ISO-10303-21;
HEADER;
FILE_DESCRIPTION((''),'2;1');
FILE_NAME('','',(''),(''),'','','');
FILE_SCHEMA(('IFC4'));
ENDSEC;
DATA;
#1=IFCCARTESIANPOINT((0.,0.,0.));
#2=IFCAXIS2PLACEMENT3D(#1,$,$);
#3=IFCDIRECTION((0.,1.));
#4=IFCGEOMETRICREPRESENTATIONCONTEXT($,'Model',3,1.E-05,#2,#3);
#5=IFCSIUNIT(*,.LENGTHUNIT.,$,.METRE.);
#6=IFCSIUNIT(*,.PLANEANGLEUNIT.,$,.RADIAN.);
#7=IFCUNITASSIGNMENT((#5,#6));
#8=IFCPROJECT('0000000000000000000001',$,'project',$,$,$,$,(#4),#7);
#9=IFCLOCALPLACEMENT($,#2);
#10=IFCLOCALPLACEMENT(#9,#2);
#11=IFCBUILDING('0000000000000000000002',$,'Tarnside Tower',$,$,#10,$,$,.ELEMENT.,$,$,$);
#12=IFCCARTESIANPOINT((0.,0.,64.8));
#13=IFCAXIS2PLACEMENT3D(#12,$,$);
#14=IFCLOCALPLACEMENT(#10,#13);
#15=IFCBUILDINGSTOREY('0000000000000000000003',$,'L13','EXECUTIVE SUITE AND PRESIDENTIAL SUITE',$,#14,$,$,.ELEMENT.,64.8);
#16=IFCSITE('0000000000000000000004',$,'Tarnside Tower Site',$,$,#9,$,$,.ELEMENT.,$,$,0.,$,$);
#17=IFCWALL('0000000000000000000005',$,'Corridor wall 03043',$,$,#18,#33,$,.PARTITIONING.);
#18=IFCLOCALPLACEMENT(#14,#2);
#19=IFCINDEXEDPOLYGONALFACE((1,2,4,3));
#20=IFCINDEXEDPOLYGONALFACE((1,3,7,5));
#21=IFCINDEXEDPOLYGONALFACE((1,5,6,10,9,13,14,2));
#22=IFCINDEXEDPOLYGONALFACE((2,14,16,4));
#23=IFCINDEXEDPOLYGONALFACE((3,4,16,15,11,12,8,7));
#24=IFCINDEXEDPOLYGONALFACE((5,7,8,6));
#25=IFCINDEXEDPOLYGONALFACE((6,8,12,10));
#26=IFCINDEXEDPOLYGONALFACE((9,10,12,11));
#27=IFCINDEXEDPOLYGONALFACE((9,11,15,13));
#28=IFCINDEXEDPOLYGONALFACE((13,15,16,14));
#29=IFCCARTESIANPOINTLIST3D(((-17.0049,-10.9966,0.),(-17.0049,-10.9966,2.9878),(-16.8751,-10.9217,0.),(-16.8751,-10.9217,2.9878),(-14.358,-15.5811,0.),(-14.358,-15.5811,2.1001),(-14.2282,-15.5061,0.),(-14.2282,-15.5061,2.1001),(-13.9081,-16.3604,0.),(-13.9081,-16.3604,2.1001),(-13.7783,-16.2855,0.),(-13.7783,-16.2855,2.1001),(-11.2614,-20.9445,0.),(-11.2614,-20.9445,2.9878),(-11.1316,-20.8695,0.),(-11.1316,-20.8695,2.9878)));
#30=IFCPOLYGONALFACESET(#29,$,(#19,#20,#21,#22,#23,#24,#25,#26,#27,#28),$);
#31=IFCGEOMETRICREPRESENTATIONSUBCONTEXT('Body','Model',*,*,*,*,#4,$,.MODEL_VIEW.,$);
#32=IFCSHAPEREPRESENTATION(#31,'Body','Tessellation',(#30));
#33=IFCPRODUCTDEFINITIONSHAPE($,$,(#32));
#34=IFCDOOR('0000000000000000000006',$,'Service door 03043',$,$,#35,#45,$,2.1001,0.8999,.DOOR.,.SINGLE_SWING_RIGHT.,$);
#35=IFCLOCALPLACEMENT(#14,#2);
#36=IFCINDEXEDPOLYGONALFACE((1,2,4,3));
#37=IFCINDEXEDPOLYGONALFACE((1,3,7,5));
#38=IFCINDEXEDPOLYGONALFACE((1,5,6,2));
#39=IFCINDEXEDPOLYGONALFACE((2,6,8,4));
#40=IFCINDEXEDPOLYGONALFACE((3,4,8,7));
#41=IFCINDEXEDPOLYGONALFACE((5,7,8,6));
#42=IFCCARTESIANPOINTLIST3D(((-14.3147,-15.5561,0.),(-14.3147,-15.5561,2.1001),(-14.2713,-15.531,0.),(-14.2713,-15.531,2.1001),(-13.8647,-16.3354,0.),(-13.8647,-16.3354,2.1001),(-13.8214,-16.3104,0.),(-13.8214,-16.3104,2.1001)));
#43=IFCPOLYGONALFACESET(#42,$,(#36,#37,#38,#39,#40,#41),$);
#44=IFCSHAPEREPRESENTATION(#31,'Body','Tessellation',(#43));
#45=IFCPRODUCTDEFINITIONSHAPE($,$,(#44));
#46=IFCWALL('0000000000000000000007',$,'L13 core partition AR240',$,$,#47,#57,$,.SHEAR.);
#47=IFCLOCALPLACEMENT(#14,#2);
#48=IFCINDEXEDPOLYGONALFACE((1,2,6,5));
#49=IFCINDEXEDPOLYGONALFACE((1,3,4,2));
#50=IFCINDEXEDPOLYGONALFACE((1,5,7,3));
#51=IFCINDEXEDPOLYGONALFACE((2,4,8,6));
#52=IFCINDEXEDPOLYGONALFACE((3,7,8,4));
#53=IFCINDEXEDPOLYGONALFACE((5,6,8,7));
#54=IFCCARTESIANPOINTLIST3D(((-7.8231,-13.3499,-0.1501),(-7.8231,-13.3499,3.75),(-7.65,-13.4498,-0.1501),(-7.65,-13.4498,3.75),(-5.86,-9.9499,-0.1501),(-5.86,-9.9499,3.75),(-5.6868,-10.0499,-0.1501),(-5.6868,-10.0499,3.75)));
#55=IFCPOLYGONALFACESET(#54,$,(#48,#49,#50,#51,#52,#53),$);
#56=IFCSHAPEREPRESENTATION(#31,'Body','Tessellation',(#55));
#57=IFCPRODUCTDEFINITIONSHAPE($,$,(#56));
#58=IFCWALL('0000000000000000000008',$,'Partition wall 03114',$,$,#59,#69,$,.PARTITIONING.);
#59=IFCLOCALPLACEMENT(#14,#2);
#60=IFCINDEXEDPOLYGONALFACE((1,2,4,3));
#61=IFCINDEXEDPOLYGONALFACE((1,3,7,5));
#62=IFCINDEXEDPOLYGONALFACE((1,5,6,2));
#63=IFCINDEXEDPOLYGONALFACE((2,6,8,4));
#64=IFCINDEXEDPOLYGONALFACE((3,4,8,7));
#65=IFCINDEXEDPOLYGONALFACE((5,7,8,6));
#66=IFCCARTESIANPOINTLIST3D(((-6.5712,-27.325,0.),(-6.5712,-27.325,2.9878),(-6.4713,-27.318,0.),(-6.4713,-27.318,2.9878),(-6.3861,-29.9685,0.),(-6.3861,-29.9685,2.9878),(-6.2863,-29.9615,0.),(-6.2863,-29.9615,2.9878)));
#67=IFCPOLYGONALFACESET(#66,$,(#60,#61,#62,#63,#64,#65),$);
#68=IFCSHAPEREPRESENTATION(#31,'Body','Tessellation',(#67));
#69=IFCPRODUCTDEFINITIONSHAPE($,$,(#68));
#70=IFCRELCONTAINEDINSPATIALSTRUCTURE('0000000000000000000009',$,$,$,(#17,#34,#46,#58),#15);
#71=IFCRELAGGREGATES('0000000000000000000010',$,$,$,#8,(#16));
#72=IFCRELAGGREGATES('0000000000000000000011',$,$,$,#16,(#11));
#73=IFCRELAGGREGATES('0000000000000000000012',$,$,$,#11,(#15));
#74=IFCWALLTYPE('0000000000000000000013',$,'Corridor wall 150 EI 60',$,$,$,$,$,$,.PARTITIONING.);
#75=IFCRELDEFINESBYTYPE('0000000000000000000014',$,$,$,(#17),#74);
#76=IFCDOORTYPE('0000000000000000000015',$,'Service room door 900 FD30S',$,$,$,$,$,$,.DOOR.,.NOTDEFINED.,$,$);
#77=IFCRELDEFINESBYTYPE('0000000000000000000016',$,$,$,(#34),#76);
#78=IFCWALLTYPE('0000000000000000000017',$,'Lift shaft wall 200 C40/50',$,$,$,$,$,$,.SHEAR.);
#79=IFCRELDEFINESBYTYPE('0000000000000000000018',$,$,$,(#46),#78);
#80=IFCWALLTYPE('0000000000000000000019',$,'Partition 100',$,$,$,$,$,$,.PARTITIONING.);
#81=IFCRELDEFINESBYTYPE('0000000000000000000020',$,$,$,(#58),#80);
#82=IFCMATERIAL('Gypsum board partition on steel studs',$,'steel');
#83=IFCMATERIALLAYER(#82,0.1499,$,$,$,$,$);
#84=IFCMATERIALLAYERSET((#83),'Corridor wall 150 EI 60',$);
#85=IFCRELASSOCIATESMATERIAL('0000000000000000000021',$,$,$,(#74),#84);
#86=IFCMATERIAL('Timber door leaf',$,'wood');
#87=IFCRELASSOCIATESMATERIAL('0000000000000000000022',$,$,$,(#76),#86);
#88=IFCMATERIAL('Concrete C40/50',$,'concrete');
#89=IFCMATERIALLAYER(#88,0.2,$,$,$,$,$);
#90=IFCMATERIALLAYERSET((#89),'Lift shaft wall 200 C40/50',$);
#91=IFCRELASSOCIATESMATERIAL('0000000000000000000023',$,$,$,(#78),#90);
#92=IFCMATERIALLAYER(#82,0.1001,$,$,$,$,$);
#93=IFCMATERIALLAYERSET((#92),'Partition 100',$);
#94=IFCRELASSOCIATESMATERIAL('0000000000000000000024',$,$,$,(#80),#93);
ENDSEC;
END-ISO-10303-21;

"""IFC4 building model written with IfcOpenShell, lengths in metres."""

from ifc_helpers import new_model, si_unit, direction, frame, frame_2d, origin, place, context, subcontext, project, spatial, rectangle, extrude, material, layer, layer_set, type_object, element, fill, save


model = new_model("IFC4")

# Units and contexts
model_context = context("Model", 3, precision=1e-05, world=origin(), true_north=direction((0.0, 1.0)))
body_context = subcontext(model_context, "Body", "Model", "MODEL_VIEW")
ifc_project = project(units=[si_unit("LENGTHUNIT", "METRE"), si_unit("PLANEANGLEUNIT", "RADIAN")], contexts=[model_context])

# Site, building, storey
site_placement = place(None, origin())
site = spatial("IfcSite", under=ifc_project, at=site_placement, Name="Tarnside Tower Site", CompositionType="ELEMENT", RefElevation=0.0)
building_placement = place(site_placement, origin())
building = spatial("IfcBuilding", under=site, at=building_placement, Name="Tarnside Tower", CompositionType="ELEMENT")
storey_placement = place(building_placement, frame((0.0, 0.0, 64.8)))
storey = spatial("IfcBuildingStorey", under=building, at=storey_placement, Name="L13", Description="EXECUTIVE SUITE AND PRESIDENTIAL SUITE", CompositionType="ELEMENT", Elevation=64.8)

# Shared definitions
ifc_material_1 = material(Name="Gypsum board partition on steel studs", Category="steel")
ifc_material_2 = material(Name="Timber door leaf", Category="wood")

# Shared definitions
ifc_layer_1 = layer(ifc_material_1, 0.1499)
ifc_layer_set_1 = layer_set([ifc_layer_1], Name="Corridor wall 150 EI 60")
wall_type_1 = type_object("IfcWallType", Name="Corridor wall 150 EI 60", PredefinedType="PARTITIONING", material=ifc_layer_set_1)

# Wall, opening, door
wall_1_placement = place(storey_placement, frame((-11.1965, -20.907, 0.0), z_axis=(0.0, 0.0, 1.0), x_axis=(-0.500005, 0.866023, 0.0)))
wall_1 = element("IfcWall", 1, at=wall_1_placement, inside=storey, type_object=wall_type_1, Name="Corridor wall 03043", PredefinedType="PARTITIONING", context=body_context, shape_type="SweptSolid", body=[
    extrude(rectangle(XDim=11.4868, YDim=0.1499, at=frame_2d((5.7434, 0.0))), origin(), (0.0, 0.0, 1.0), 2.9878),
])
opening_1_placement = place(wall_1_placement, frame((5.2932, 0.0, 0.0)))
opening_1 = element("IfcOpeningElement", 2, at=opening_1_placement, cuts=wall_1, PredefinedType="OPENING", context=body_context, shape_type="SweptSolid", body=[
    extrude(rectangle(XDim=0.8999, YDim=2.1001, at=frame_2d((0.45, 1.05))), frame((0.0, 0.085, 0.0), z_axis=(0.0, -1.0, 0.0), x_axis=(1.0, 0.0, 0.0)), (0.0, 0.0, 1.0), 0.1699),
])
door_type_1 = type_object("IfcDoorType", Name="Service room door 900 FD30S", OperationType="NOTDEFINED", PredefinedType="DOOR", material=ifc_material_2)
door_1_placement = place(opening_1_placement, origin())
door_1 = element("IfcDoor", 3, at=door_1_placement, inside=storey, type_object=door_type_1, Name="Service door 03043", OperationType="SINGLE_SWING_RIGHT", OverallHeight=2.1001, OverallWidth=0.8999, PredefinedType="DOOR", context=body_context, shape_type="SweptSolid", body=[
    extrude(rectangle(XDim=0.8999, YDim=2.1001, at=frame_2d((0.45, 1.05))), frame((0.0, 0.0249, 0.0), z_axis=(0.0, -1.0, 0.0), x_axis=(1.0, 0.0, 0.0)), (0.0, 0.0, 1.0), 0.05),
])
fill(opening_1, door_1)

# Walls
ifc_material_3 = material(Name="Concrete C40/50", Category="concrete")
ifc_layer_2 = layer(ifc_material_3, 0.2)
ifc_layer_set_2 = layer_set([ifc_layer_2], Name="Lift shaft wall 200 C40/50")
wall_type_2 = type_object("IfcWallType", Name="Lift shaft wall 200 C40/50", PredefinedType="SHEAR", material=ifc_layer_set_2)
wall_2_placement = place(storey_placement, frame((-5.7734, -10.0, -0.1501), z_axis=(0.0, 0.0, 1.0), x_axis=(-0.500038, -0.866003, 0.0)))
element("IfcWall", 4, at=wall_2_placement, inside=storey, type_object=wall_type_2, Name="L13 core partition AR240", PredefinedType="SHEAR", context=body_context, shape_type="SweptSolid", body=[
    extrude(rectangle(XDim=3.926, YDim=0.2, at=frame_2d((1.9629, 0.0))), origin(), (0.0, 0.0, 1.0), 3.9001),
])
ifc_layer_3 = layer(ifc_material_1, 0.1001)
ifc_layer_set_3 = layer_set([ifc_layer_3], Name="Partition 100")
wall_type_3 = type_object("IfcWallType", Name="Partition 100", PredefinedType="PARTITIONING", material=ifc_layer_set_3)
wall_3_placement = place(storey_placement, frame((-6.5212, -27.3215, 0.0), z_axis=(0.0, 0.0, 1.0), x_axis=(0.069833, -0.997559, 0.0)))
element("IfcWall", 5, at=wall_3_placement, inside=storey, type_object=wall_type_3, Name="Partition wall 03114", PredefinedType="PARTITIONING", context=body_context, shape_type="SweptSolid", body=[
    extrude(rectangle(XDim=2.6499, YDim=0.1001, at=frame_2d((1.325, 0.0))), origin(), (0.0, 0.0, 1.0), 2.9878),
])

save(model, "model.ifc")
